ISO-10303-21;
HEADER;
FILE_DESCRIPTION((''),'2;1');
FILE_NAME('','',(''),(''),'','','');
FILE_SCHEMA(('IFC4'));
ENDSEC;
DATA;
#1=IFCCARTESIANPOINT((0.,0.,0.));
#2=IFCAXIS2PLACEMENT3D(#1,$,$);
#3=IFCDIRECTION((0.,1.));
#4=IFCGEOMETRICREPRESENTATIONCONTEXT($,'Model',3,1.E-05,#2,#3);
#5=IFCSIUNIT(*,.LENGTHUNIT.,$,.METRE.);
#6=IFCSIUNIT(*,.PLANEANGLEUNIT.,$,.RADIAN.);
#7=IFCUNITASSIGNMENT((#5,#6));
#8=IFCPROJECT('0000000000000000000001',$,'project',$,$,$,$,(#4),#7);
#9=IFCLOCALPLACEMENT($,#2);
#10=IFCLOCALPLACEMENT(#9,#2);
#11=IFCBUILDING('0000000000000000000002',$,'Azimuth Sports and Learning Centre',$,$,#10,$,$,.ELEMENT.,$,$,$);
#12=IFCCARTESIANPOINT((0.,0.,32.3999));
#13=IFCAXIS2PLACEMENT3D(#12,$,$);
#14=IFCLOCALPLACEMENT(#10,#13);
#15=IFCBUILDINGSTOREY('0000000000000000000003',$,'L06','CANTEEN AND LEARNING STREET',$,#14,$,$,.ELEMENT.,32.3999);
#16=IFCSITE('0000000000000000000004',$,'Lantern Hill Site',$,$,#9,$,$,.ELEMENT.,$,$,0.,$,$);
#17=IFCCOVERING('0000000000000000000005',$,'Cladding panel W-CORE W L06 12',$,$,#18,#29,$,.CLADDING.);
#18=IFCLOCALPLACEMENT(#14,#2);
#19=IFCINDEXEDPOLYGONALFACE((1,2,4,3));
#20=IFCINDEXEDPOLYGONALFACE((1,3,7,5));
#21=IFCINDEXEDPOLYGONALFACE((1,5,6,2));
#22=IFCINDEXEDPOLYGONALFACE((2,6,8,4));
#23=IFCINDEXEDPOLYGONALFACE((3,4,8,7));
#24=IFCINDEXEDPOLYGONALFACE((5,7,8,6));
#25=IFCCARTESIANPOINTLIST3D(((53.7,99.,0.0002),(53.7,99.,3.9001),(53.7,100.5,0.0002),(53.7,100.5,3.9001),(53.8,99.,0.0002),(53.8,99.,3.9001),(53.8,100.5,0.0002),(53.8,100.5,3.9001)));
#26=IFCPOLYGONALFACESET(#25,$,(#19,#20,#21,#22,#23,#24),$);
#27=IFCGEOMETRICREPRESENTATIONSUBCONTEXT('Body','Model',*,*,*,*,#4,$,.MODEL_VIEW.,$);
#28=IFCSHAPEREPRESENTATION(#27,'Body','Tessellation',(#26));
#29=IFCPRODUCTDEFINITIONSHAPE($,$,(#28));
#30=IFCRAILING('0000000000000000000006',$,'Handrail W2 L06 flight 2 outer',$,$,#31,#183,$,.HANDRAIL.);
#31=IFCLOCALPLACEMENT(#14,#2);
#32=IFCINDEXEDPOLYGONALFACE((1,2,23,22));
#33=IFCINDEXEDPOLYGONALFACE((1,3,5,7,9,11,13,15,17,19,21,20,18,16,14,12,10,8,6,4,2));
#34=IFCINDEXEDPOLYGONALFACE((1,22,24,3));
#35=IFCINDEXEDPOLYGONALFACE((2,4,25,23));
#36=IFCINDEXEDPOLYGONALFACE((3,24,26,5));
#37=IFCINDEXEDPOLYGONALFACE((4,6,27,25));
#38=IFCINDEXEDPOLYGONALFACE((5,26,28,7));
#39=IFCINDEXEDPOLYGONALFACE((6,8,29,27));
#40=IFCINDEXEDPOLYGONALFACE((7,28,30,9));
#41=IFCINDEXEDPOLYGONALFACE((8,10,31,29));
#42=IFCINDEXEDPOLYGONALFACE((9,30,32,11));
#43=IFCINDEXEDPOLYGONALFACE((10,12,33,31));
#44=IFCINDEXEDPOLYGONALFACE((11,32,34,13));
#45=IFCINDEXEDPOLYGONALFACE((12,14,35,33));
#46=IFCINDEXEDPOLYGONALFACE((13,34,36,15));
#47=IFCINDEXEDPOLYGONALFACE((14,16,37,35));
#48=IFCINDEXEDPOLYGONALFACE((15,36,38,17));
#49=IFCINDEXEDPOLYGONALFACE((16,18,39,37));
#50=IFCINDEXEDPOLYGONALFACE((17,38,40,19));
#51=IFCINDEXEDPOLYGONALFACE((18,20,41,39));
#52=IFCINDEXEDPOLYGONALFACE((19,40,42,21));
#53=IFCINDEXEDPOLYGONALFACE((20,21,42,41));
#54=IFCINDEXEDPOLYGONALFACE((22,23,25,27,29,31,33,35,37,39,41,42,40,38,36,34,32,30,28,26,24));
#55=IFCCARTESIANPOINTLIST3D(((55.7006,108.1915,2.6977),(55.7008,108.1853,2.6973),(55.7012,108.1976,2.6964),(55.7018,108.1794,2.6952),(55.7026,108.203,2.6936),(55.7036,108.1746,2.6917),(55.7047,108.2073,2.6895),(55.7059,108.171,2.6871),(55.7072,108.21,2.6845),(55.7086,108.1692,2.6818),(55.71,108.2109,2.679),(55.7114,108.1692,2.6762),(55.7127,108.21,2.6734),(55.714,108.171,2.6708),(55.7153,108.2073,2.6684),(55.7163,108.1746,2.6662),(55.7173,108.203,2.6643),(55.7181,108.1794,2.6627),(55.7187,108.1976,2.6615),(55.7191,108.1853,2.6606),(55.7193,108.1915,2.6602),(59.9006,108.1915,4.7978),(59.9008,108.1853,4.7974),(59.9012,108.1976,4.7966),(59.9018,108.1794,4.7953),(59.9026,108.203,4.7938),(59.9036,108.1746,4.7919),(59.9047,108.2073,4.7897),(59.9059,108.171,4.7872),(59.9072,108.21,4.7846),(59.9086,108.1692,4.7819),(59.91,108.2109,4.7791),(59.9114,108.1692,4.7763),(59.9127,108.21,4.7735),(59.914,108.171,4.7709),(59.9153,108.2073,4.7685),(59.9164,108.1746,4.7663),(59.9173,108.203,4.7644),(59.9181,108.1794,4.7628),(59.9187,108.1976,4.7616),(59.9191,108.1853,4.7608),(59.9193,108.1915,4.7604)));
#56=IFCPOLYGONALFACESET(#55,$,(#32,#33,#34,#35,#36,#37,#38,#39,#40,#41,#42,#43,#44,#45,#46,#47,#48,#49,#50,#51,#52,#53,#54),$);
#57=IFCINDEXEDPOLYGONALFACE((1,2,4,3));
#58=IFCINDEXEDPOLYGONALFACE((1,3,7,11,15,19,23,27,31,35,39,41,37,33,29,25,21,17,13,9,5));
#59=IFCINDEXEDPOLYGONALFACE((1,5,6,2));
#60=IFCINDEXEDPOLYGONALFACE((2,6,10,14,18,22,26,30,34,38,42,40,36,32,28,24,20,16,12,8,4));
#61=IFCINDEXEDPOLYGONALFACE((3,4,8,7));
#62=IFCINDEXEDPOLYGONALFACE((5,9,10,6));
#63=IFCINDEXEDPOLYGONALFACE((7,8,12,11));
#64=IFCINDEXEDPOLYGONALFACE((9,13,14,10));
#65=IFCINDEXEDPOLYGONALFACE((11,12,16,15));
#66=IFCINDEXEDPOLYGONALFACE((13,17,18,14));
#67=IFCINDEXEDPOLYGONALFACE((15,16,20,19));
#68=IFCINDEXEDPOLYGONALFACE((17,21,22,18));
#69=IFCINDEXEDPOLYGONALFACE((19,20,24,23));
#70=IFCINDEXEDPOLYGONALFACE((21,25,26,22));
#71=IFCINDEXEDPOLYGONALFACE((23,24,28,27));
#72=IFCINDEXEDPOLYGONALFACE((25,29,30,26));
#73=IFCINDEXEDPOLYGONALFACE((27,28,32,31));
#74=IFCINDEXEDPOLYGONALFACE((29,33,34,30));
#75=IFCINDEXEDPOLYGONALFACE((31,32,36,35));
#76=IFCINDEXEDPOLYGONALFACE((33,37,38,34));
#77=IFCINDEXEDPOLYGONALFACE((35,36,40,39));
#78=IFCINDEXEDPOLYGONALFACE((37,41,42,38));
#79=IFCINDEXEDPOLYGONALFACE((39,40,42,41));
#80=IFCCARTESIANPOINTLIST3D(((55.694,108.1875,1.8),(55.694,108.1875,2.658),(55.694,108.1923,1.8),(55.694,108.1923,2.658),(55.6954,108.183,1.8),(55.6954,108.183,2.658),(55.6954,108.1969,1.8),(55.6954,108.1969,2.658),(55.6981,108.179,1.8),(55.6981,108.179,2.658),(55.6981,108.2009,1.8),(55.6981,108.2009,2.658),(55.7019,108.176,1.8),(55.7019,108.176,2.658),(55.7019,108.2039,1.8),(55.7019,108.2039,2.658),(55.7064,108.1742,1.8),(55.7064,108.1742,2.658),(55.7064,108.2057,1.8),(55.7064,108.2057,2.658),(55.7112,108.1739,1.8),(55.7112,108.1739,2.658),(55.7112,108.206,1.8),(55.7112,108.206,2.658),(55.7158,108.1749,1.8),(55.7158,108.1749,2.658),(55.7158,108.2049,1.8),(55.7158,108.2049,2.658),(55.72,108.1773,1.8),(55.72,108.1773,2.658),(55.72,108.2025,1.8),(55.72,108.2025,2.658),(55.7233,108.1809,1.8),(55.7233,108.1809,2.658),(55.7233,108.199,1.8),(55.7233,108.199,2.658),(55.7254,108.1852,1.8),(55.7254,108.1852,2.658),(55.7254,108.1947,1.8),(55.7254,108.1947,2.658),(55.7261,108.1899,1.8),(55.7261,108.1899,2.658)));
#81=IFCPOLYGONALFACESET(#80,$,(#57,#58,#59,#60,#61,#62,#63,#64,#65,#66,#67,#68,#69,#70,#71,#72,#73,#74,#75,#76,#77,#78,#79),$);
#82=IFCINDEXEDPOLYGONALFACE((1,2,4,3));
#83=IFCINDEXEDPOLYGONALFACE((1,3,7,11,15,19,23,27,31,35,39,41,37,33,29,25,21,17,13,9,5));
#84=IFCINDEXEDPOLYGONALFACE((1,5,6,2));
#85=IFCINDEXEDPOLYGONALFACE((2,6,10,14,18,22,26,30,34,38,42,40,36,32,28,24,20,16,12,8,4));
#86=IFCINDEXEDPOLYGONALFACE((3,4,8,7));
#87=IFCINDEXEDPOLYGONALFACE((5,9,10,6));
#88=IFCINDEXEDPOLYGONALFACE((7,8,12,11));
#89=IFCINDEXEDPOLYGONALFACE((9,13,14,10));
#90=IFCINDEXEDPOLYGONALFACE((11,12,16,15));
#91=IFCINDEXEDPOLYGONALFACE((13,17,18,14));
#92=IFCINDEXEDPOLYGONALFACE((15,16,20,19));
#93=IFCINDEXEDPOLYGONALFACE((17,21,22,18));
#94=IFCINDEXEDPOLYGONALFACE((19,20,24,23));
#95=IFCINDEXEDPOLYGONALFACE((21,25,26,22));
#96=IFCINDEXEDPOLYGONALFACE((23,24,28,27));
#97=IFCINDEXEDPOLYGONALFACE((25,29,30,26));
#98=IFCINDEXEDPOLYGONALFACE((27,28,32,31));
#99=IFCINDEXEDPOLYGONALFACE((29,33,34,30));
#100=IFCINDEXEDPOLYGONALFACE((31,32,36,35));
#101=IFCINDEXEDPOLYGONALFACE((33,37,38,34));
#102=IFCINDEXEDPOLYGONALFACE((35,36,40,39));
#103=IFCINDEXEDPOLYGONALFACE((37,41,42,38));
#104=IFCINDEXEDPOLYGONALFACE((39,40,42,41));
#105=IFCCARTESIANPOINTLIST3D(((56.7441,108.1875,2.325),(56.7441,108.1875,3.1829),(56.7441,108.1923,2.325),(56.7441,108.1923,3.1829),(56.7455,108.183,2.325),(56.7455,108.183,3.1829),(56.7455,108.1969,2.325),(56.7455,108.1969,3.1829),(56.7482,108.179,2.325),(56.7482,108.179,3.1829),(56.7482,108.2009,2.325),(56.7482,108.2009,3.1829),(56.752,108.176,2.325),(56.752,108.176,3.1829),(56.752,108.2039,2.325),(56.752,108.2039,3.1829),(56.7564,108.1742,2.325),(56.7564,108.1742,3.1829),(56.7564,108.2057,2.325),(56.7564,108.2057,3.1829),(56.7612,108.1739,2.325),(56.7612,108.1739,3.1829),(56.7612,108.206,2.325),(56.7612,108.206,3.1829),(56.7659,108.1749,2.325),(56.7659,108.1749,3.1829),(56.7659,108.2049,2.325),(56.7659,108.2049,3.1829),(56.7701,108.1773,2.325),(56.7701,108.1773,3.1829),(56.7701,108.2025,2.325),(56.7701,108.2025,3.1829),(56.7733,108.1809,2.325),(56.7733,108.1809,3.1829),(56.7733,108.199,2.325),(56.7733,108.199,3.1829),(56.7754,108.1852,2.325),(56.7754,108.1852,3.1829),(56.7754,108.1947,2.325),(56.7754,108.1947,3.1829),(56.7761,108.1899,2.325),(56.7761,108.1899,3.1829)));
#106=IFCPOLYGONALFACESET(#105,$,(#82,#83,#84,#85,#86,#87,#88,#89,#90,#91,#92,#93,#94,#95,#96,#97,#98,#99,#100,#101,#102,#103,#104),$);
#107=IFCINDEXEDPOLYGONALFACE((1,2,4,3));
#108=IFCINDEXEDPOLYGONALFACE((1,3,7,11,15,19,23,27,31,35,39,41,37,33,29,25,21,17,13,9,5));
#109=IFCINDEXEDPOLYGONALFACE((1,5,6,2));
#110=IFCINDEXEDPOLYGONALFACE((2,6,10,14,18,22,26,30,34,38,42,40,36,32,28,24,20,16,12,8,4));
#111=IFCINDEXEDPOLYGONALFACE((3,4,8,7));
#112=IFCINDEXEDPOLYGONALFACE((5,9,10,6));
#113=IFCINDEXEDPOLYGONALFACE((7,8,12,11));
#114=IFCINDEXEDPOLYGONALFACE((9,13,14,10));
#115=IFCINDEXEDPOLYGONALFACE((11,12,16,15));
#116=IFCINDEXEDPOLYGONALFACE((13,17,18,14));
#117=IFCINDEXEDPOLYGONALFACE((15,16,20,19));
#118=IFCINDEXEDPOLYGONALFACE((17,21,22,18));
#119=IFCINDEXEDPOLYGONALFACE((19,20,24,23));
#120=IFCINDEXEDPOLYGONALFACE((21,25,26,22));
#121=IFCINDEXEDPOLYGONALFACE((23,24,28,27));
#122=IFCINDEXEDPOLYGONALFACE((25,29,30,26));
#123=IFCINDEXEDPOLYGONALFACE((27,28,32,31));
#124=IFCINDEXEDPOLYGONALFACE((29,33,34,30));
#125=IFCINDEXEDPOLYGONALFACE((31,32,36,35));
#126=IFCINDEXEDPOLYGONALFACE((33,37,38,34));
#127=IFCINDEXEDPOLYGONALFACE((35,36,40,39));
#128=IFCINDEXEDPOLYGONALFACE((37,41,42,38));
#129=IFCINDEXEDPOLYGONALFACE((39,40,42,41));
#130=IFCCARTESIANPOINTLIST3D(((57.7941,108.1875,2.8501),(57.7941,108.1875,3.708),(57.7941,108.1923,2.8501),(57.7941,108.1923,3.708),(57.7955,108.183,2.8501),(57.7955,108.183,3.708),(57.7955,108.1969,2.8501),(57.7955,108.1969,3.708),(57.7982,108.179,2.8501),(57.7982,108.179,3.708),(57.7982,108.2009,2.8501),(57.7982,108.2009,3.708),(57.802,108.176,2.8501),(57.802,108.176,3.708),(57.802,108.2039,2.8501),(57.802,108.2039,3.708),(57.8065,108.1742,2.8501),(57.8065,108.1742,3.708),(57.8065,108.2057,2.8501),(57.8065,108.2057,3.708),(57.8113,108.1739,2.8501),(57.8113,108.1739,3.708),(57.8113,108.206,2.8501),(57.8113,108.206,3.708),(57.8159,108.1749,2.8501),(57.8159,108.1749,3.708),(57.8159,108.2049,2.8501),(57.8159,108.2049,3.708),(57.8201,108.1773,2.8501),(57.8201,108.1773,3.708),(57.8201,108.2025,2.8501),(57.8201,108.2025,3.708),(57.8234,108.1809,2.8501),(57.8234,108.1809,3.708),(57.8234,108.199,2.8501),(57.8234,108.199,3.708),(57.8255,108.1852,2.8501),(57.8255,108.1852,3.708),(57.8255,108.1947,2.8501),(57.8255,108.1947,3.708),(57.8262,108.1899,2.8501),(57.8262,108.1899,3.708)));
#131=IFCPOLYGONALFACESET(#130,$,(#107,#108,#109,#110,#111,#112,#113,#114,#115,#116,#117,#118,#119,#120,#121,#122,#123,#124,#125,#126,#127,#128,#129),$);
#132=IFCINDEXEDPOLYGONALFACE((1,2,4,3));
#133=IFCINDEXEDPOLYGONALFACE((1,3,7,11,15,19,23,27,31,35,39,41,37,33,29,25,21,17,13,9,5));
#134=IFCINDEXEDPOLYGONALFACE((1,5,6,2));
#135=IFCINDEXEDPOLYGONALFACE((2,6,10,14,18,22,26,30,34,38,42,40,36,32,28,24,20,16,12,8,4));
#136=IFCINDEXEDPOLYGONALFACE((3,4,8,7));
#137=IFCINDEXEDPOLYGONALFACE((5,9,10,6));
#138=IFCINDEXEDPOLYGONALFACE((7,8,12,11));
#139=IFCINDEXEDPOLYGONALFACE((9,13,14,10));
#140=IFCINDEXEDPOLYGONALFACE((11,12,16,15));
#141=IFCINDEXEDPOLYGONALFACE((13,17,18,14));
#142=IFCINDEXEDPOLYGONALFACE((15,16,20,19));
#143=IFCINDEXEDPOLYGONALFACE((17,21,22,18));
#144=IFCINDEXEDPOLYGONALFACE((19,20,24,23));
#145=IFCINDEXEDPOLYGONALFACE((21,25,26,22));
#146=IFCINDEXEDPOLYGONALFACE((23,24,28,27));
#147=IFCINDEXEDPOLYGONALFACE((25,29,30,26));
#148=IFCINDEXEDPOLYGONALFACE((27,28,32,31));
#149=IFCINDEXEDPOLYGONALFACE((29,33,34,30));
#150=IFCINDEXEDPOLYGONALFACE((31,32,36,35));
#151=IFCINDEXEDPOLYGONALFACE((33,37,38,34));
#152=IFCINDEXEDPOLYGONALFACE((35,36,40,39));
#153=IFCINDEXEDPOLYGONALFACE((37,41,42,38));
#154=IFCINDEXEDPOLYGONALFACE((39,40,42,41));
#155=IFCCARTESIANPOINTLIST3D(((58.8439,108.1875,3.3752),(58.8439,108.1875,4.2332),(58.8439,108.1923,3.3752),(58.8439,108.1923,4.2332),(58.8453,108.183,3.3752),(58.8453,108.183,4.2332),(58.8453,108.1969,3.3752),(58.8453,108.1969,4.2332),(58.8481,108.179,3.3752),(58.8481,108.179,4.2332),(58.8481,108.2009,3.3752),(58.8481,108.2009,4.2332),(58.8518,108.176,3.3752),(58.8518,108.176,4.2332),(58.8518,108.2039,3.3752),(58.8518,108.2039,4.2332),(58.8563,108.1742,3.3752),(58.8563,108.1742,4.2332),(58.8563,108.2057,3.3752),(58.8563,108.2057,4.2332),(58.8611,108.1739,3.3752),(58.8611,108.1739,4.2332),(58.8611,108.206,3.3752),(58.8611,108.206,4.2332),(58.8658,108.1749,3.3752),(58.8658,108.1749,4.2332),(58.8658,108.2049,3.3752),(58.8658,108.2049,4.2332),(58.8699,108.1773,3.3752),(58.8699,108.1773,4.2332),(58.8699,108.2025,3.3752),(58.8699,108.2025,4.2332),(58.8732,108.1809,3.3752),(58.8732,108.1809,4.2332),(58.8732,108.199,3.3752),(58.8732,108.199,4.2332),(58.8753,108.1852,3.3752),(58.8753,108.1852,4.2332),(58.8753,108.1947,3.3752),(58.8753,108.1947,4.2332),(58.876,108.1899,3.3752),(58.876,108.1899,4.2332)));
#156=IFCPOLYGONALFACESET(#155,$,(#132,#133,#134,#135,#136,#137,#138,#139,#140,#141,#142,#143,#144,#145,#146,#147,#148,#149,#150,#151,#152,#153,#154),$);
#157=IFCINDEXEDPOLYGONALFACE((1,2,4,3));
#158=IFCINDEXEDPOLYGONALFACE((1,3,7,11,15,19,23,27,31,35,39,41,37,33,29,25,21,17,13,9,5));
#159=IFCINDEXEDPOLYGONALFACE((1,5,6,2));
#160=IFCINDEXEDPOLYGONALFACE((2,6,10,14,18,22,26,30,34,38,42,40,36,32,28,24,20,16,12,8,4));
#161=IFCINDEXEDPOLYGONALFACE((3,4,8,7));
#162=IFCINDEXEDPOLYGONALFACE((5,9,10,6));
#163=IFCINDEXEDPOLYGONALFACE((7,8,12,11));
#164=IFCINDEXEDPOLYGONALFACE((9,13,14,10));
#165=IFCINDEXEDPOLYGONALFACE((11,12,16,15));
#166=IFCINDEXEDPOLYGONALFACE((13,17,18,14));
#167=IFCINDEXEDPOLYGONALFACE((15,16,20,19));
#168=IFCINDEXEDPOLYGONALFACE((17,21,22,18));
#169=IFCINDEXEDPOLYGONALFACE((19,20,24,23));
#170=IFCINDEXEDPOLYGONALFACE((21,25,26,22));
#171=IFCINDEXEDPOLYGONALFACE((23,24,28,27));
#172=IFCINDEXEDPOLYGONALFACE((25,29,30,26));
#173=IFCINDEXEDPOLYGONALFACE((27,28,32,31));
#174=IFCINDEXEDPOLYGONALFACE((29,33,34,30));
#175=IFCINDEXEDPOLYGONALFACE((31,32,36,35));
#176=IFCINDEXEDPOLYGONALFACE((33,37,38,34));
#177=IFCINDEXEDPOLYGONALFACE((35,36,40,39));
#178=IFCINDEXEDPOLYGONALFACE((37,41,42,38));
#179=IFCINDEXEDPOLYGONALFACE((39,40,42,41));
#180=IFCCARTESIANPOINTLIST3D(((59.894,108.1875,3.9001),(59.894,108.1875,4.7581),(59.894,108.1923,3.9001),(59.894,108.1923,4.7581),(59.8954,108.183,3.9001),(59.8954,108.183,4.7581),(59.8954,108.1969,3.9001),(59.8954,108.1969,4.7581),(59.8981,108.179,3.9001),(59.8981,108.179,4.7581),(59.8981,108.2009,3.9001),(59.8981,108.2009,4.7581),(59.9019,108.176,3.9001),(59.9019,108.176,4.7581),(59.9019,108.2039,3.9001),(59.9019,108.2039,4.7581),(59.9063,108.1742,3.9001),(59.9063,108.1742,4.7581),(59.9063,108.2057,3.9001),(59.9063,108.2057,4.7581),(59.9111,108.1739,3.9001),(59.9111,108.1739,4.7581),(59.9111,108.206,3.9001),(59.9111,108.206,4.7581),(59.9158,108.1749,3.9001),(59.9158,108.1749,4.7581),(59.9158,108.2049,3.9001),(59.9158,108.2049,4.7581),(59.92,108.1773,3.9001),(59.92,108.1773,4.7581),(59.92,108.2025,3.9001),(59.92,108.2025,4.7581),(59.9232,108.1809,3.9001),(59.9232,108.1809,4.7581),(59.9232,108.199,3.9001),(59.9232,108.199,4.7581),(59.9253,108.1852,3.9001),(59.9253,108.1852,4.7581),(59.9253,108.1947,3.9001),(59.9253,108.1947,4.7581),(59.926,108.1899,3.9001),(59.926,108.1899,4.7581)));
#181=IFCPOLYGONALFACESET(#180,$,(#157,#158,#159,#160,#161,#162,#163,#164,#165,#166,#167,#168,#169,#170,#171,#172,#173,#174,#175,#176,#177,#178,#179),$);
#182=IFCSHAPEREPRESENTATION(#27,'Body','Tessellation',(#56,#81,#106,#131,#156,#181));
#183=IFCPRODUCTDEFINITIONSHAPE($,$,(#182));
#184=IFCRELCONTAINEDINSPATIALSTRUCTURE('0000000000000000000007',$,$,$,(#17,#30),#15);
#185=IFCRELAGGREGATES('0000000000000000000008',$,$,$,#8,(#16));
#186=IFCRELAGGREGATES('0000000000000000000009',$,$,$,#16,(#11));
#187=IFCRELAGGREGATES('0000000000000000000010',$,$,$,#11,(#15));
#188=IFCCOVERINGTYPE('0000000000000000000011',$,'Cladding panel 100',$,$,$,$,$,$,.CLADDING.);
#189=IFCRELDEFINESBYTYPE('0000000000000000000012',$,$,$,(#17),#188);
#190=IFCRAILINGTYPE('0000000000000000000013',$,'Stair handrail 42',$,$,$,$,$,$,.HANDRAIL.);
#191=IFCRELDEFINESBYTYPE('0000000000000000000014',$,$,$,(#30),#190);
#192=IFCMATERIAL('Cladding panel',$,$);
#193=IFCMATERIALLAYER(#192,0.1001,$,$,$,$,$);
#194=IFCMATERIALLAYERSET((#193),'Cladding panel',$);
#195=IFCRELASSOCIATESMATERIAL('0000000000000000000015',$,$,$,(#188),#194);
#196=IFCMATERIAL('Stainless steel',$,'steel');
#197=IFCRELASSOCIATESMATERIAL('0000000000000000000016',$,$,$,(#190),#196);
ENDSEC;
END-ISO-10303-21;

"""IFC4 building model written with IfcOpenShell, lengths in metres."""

from ifc_helpers import new_model, si_unit, direction, frame, origin, origin_2d, place, context, subcontext, project, spatial, rectangle, circle, extrude, material, layer, layer_set, type_object, element, save


model = new_model("IFC4")

# Units and contexts
model_context = context("Model", 3, precision=1e-05, world=origin(), true_north=direction((0.0, 1.0)))
body_context = subcontext(model_context, "Body", "Model", "MODEL_VIEW")
ifc_project = project(units=[si_unit("LENGTHUNIT", "METRE"), si_unit("PLANEANGLEUNIT", "RADIAN")], contexts=[model_context])

# Site, building, storey
site_placement = place(None, origin())
site = spatial("IfcSite", under=ifc_project, at=site_placement, Name="Lantern Hill Site", CompositionType="ELEMENT", RefElevation=0.0)
building_placement = place(site_placement, origin())
building = spatial("IfcBuilding", under=site, at=building_placement, Name="Azimuth Sports and Learning Centre", CompositionType="ELEMENT")
storey_placement = place(building_placement, frame((0.0, 0.0, 32.3999)))
storey = spatial("IfcBuildingStorey", under=building, at=storey_placement, Name="L06", Description="CANTEEN AND LEARNING STREET", CompositionType="ELEMENT", Elevation=32.3999)

# Covering
ifc_material_1 = material(Name="Cladding panel")
ifc_layer_1 = layer(ifc_material_1, 0.1001)
ifc_layer_set_1 = layer_set([ifc_layer_1], Name="Cladding panel")
covering_type = type_object("IfcCoveringType", Name="Cladding panel 100", PredefinedType="CLADDING", material=ifc_layer_set_1)
for number, where, z_axis, x_axis, name in (
    (1, (53.75, 99.75, 0.0002), (0.0, 0.0, 1.0), (0.0, -1.0, 0.0), "Cladding panel W-CORE W L06 12"),
):
    element("IfcCovering", number, at=place(storey_placement, frame(where, z_axis=z_axis, x_axis=x_axis)), inside=storey, type_object=covering_type, Name=name, PredefinedType="CLADDING", context=body_context, shape_type="SweptSolid", body=[
        extrude(rectangle(XDim=1.5, YDim=0.1001, at=origin_2d()), origin(), (0.0, 0.0, 1.0), 3.8999),
    ])

# Railing
ifc_material_2 = material(Name="Stainless steel", Category="steel")
railing_type = type_object("IfcRailingType", Name="Stair handrail 42", PredefinedType="HANDRAIL", material=ifc_material_2)
railing_placement = place(storey_placement, frame((55.71, 108.1899, 1.8)))
element("IfcRailing", 2, at=railing_placement, inside=storey, type_object=railing_type, Name="Handrail W2 L06 flight 2 outer", PredefinedType="HANDRAIL", context=body_context, shape_type="SweptSolid", body=[
    extrude(circle(Radius=0.021, at=origin_2d()), frame((0.0, 0.0, 0.8789), z_axis=(0.894417, 0.0, 0.447234), x_axis=(0.0, 1.0, 0.0)), (0.0, 0.0, 1.0), 4.6958),
    extrude(circle(Radius=0.0161, at=origin_2d()), origin(), (0.0, 0.0, 1.0), 0.8579),
    extrude(circle(Radius=0.0161, at=origin_2d()), frame((1.05, 0.0, 0.5249)), (0.0, 0.0, 1.0), 0.8579),
    extrude(circle(Radius=0.0161, at=origin_2d()), frame((2.1001, 0.0, 1.05)), (0.0, 0.0, 1.0), 0.8579),
    extrude(circle(Radius=0.0161, at=origin_2d()), frame((3.1499, 0.0, 1.5752)), (0.0, 0.0, 1.0), 0.8579),
    extrude(circle(Radius=0.0161, at=origin_2d()), frame((4.2, 0.0, 2.1001)), (0.0, 0.0, 1.0), 0.8579),
])

save(model, "model.ifc")
